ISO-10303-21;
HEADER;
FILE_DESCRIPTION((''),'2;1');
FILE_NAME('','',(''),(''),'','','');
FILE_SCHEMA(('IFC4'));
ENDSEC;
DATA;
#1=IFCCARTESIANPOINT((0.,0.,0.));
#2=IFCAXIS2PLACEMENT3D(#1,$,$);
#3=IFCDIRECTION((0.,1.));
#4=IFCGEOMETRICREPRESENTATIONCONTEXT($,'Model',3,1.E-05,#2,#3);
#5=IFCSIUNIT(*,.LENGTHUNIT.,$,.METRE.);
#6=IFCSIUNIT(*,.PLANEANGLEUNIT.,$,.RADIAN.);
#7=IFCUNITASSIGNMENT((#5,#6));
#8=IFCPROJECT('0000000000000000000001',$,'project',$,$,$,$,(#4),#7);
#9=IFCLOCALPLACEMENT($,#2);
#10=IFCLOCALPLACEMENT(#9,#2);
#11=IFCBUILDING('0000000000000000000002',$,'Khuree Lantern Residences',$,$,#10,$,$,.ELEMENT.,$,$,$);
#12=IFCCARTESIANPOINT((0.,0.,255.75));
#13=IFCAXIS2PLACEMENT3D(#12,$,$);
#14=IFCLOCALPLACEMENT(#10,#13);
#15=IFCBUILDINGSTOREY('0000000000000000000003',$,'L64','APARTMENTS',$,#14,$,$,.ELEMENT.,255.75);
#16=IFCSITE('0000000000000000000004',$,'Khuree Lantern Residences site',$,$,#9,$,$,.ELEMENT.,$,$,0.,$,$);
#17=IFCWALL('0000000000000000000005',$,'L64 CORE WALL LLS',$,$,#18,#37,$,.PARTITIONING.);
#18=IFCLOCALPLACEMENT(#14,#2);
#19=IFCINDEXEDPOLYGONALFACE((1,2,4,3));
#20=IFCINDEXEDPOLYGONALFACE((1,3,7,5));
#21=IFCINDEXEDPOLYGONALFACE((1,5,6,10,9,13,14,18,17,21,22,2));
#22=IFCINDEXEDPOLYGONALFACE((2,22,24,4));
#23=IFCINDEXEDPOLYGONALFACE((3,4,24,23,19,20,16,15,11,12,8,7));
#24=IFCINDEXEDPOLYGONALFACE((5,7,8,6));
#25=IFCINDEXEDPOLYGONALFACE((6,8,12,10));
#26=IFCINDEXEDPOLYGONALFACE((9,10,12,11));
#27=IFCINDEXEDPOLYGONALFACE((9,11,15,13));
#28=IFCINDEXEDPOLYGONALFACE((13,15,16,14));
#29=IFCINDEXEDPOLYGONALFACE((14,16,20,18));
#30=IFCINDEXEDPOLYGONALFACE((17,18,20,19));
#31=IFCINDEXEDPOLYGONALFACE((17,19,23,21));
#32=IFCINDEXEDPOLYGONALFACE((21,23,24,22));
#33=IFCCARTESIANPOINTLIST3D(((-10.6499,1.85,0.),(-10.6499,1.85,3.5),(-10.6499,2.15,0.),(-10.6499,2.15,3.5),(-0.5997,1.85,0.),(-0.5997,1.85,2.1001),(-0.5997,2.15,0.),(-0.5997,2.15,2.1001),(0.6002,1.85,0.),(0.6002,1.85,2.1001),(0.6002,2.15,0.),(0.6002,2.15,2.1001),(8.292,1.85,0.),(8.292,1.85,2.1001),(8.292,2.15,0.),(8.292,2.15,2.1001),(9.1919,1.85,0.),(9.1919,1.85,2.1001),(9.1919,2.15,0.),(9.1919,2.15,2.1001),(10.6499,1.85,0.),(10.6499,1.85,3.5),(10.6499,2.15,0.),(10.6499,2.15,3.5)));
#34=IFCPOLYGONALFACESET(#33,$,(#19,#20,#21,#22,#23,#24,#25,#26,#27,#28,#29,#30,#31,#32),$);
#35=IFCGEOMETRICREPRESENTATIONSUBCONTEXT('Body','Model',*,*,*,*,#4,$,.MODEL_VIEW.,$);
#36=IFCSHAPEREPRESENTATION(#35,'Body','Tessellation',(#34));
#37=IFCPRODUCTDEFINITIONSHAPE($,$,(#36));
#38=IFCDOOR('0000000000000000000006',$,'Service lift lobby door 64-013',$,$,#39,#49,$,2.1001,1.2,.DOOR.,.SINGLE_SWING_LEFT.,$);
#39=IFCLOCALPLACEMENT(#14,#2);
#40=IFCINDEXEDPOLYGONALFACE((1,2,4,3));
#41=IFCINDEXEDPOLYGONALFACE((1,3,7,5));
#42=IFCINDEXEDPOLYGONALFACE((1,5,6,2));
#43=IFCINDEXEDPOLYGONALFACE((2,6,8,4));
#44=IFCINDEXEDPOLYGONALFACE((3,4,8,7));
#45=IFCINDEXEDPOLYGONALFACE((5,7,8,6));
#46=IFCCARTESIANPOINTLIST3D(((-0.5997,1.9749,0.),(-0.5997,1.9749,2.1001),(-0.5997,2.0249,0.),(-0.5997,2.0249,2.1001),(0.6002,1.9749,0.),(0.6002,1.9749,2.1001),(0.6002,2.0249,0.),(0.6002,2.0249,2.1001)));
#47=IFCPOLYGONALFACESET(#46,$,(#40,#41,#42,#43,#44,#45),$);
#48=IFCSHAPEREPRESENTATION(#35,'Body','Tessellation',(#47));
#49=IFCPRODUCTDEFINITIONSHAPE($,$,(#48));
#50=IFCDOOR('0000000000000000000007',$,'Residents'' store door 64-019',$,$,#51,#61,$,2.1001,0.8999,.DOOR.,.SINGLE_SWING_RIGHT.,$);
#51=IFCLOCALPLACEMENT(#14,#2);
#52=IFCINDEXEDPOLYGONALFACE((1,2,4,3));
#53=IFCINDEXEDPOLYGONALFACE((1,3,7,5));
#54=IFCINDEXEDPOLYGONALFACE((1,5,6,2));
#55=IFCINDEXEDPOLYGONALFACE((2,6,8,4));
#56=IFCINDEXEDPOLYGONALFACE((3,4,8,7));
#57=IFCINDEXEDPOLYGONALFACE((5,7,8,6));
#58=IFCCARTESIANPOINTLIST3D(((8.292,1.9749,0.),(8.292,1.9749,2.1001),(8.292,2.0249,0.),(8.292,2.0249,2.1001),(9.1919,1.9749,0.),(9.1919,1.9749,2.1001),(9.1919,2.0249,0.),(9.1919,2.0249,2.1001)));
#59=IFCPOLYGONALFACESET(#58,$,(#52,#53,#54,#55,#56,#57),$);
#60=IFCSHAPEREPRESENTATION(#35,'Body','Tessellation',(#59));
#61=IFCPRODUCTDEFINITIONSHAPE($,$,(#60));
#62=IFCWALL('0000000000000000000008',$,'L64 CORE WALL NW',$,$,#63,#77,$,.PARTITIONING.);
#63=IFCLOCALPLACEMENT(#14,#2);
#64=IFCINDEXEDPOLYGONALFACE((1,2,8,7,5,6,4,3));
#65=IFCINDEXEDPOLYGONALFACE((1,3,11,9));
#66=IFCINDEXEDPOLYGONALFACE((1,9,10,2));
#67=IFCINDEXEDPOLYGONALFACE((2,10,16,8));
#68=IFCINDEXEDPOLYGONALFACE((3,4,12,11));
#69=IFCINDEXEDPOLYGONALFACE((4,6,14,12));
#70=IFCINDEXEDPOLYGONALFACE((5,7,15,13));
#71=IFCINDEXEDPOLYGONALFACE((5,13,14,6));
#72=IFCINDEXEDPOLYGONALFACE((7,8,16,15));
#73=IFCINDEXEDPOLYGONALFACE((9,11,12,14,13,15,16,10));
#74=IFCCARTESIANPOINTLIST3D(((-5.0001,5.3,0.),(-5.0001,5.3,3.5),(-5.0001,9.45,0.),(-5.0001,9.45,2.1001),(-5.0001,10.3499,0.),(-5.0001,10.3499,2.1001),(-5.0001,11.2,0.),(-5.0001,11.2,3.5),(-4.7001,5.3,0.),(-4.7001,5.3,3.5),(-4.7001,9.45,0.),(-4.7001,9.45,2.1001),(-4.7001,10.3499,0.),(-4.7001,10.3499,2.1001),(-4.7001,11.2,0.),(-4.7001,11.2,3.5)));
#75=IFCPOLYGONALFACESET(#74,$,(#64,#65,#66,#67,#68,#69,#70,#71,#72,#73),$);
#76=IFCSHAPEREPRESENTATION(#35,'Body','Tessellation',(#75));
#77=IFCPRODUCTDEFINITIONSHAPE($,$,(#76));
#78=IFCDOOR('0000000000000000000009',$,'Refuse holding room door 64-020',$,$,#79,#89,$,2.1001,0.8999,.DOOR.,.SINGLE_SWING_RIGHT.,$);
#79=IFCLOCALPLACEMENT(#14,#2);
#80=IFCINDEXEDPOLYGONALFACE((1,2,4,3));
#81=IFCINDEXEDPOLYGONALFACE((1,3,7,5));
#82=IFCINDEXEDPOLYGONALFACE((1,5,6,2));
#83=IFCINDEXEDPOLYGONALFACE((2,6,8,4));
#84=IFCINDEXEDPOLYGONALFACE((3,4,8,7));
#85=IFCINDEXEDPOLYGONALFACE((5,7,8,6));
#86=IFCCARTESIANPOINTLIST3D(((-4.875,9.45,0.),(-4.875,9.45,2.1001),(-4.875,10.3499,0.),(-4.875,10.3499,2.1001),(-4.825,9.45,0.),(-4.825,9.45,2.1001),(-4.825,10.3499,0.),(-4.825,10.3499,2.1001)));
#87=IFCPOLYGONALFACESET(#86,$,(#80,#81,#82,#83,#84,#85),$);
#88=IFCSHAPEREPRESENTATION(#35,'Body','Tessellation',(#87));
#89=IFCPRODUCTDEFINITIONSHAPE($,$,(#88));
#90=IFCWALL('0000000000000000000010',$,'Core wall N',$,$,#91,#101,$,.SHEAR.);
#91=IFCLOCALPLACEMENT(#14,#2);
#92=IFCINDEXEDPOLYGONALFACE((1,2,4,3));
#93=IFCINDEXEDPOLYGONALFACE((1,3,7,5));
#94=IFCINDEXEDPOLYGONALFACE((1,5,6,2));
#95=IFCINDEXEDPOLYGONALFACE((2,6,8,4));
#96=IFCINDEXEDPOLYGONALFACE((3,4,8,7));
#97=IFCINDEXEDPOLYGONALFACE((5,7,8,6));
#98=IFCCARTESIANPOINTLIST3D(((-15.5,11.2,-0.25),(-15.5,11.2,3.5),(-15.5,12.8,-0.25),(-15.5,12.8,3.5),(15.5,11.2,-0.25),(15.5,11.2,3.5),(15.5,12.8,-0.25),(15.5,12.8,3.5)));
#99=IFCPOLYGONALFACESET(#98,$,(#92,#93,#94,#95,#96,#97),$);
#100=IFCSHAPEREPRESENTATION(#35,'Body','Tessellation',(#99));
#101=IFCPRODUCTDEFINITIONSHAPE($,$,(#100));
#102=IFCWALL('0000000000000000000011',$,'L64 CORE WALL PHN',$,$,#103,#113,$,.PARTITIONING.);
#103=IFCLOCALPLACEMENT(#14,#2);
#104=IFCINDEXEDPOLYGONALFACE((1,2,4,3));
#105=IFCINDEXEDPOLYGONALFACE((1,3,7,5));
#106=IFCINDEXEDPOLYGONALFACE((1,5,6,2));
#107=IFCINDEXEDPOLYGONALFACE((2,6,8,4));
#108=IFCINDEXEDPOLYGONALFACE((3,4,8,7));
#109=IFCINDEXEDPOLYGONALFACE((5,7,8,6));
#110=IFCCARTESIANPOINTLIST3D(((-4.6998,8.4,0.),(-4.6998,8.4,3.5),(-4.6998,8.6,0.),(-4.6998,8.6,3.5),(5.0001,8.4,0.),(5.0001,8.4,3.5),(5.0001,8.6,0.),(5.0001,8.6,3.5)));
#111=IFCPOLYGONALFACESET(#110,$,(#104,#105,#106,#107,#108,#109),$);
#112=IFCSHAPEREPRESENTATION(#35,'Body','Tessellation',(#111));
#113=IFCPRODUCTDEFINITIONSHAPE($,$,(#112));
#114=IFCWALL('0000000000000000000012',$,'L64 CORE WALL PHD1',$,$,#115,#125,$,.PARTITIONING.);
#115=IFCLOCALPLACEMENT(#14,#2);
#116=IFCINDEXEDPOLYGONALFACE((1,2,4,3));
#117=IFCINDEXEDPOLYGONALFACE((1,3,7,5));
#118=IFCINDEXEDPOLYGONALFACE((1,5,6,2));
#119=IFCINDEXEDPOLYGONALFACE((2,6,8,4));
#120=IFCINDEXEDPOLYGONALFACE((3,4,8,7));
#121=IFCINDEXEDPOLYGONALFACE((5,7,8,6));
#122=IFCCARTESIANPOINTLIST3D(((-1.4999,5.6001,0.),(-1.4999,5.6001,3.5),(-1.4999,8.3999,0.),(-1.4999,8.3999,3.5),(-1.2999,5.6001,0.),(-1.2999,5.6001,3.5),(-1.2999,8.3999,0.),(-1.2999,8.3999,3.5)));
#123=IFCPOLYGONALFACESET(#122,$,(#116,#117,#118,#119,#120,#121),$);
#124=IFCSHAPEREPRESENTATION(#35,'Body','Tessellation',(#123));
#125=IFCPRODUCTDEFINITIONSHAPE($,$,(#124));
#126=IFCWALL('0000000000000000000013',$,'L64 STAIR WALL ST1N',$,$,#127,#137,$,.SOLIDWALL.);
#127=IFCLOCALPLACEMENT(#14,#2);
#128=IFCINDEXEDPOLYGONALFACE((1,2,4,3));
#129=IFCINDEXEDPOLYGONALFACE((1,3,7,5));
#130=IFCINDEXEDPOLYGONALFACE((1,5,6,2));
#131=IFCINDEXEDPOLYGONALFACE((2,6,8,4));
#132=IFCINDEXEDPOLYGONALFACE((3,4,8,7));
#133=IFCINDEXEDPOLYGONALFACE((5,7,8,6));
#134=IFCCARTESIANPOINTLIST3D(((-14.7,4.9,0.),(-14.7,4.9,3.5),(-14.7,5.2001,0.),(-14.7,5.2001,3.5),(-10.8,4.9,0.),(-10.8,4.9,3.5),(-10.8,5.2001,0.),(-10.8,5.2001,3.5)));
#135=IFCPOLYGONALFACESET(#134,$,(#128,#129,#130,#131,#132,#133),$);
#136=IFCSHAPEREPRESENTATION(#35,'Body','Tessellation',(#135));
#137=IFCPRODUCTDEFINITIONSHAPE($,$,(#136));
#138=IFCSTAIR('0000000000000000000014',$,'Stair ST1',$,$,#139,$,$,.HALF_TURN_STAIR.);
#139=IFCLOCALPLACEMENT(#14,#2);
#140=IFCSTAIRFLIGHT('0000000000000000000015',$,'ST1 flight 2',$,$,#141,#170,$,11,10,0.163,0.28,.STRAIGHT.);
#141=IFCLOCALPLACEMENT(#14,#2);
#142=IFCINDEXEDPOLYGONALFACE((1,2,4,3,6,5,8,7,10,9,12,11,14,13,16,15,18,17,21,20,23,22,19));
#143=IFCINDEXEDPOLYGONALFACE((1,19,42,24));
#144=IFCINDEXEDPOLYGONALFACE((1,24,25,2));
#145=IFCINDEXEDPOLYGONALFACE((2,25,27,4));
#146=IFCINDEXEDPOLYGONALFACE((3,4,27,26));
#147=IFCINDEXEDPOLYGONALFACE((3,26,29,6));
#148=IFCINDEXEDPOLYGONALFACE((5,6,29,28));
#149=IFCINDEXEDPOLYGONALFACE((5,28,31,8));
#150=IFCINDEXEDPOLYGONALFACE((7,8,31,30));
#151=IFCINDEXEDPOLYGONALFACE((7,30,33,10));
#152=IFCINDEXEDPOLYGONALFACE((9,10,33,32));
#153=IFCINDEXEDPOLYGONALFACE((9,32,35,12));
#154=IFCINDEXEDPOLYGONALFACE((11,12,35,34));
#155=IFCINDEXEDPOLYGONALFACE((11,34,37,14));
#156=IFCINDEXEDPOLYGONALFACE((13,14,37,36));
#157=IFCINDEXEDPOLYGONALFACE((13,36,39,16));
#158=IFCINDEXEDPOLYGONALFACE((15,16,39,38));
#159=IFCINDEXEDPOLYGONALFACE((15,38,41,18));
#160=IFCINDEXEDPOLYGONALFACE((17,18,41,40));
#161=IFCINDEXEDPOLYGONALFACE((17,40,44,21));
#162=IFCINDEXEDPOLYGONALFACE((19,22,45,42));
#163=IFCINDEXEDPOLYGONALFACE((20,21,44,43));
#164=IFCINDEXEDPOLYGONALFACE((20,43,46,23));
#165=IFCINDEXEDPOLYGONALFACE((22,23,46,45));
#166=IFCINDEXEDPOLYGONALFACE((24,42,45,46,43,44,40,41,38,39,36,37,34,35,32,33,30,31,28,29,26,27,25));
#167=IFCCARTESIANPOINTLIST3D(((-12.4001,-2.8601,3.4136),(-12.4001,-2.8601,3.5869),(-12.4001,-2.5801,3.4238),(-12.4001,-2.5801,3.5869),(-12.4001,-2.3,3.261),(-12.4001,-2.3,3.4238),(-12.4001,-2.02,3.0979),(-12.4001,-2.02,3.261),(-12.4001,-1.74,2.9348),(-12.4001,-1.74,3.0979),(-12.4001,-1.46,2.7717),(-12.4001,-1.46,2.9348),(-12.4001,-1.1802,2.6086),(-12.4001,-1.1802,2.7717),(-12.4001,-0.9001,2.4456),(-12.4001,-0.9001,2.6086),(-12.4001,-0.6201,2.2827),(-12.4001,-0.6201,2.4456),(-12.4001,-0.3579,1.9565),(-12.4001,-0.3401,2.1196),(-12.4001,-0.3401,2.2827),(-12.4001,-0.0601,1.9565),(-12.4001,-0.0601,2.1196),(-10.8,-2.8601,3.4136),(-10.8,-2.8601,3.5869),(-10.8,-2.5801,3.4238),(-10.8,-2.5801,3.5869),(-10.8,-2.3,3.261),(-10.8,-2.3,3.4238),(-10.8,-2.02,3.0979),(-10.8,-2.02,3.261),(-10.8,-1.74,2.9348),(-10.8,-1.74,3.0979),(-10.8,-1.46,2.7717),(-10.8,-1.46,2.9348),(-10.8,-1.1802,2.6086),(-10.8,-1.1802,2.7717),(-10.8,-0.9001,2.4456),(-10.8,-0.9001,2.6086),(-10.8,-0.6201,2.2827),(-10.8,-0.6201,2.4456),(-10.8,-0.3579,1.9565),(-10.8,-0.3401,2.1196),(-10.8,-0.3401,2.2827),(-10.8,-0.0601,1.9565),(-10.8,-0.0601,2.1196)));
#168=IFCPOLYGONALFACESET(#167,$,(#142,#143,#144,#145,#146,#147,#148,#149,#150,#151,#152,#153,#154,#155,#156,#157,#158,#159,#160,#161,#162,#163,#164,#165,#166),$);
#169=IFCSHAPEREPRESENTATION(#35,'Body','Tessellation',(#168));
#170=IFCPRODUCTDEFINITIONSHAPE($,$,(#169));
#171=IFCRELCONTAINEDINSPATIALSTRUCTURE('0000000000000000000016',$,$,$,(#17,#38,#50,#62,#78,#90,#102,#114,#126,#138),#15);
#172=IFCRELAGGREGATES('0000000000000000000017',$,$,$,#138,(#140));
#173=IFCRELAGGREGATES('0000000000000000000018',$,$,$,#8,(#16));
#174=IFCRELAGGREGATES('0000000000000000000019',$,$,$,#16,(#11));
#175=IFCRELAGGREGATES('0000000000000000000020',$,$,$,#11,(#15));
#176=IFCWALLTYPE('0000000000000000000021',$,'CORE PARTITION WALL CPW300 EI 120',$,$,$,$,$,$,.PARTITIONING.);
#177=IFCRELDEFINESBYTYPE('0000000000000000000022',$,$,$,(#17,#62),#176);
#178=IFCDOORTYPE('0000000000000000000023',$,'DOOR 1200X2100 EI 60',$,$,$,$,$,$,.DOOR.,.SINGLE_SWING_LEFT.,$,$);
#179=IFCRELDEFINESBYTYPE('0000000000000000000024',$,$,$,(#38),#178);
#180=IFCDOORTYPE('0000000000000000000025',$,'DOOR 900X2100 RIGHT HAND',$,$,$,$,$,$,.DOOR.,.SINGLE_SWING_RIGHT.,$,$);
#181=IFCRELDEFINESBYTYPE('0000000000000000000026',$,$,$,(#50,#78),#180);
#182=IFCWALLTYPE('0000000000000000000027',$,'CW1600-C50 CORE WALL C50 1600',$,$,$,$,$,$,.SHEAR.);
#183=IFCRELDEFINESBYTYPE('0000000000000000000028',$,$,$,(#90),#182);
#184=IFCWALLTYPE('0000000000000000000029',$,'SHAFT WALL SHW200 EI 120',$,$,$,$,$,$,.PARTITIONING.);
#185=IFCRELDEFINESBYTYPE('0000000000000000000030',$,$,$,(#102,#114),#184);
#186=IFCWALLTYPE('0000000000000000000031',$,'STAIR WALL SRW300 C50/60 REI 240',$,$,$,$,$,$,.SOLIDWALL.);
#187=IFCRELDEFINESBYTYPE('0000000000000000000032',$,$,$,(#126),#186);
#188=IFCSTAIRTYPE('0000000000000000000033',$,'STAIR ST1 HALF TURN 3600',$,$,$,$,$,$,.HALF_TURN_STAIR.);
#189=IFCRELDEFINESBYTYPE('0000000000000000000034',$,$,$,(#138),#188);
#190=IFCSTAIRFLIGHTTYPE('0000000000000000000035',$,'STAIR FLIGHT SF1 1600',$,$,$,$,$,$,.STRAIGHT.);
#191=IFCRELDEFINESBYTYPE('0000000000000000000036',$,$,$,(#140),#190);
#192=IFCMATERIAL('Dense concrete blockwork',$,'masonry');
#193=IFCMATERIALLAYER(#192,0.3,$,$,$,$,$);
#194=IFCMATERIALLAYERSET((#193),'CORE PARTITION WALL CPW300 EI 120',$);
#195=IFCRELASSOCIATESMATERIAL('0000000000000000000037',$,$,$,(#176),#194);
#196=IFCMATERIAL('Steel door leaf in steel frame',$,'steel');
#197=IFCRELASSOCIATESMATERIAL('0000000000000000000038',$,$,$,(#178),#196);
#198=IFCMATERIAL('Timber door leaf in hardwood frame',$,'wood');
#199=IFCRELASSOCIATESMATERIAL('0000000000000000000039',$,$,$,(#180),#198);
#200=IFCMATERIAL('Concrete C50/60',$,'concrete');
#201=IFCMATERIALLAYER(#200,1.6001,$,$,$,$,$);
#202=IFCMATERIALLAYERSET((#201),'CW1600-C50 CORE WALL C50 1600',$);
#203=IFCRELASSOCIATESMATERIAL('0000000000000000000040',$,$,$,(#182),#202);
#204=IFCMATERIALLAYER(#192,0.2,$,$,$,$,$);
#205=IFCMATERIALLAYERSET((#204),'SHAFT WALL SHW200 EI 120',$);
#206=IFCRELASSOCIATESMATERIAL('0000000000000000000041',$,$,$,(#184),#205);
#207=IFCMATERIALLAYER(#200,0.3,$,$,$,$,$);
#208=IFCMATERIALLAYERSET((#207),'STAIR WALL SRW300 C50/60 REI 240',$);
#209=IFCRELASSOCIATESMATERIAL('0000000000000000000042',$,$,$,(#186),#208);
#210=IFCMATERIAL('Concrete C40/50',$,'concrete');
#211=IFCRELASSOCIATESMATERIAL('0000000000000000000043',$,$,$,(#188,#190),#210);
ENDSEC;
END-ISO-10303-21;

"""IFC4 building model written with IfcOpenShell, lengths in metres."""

from ifc_helpers import new_model, si_unit, direction, frame, frame_2d, origin, place, context, subcontext, project, spatial, polyline, rectangle, outline, extrude, material, layer, layer_set, type_object, element, fill, aggregate, save


model = new_model("IFC4")

# Units and contexts
model_context = context("Model", 3, precision=1e-05, world=origin(), true_north=direction((0.0, 1.0)))
body_context = subcontext(model_context, "Body", "Model", "MODEL_VIEW")
ifc_project = project(units=[si_unit("LENGTHUNIT", "METRE"), si_unit("PLANEANGLEUNIT", "RADIAN")], contexts=[model_context])

# Site, building, storey
site_placement = place(None, origin())
site = spatial("IfcSite", under=ifc_project, at=site_placement, Name="Khuree Lantern Residences site", CompositionType="ELEMENT", RefElevation=0.0)
building_placement = place(site_placement, origin())
building = spatial("IfcBuilding", under=site, at=building_placement, Name="Khuree Lantern Residences", CompositionType="ELEMENT")
storey_placement = place(building_placement, frame((0.0, 0.0, 255.75)))
storey = spatial("IfcBuildingStorey", under=building, at=storey_placement, Name="L64", Description="APARTMENTS", CompositionType="ELEMENT", Elevation=255.75)

# Shared definitions
ifc_material_1 = material(Name="Dense concrete blockwork", Category="masonry")
ifc_layer_1 = layer(ifc_material_1, 0.3)
ifc_layer_set_1 = layer_set([ifc_layer_1], Name="CORE PARTITION WALL CPW300 EI 120")
wall_type_1 = type_object("IfcWallType", Name="CORE PARTITION WALL CPW300 EI 120", PredefinedType="PARTITIONING", material=ifc_layer_set_1)

# Wall, openings, doors
wall_1_placement = place(storey_placement, frame((-10.6499, 2.0, 0.0), z_axis=(0.0, 0.0, 1.0), x_axis=(1.0, 0.0, 0.0)))
wall_1 = element("IfcWall", 1, at=wall_1_placement, inside=storey, type_object=wall_type_1, Name="L64 CORE WALL LLS", PredefinedType="PARTITIONING", context=body_context, shape_type="SweptSolid", body=[
    extrude(rectangle(XDim=21.2998, YDim=0.3, at=frame_2d((10.6499, 0.0))), origin(), (0.0, 0.0, 1.0), 3.5),
])
opening_1_placement = place(wall_1_placement, frame((10.05, 0.0, 0.0)))
opening_1 = element("IfcOpeningElement", 2, at=opening_1_placement, cuts=wall_1, PredefinedType="OPENING", context=body_context, shape_type="SweptSolid", body=[
    extrude(rectangle(XDim=1.2, YDim=2.1001, at=frame_2d((0.6001, 1.05))), frame((0.0, 0.1602, 0.0), z_axis=(0.0, -1.0, 0.0), x_axis=(1.0, 0.0, 0.0)), (0.0, 0.0, 1.0), 0.3201),
])
opening_2_placement = place(wall_1_placement, frame((18.9419, 0.0, 0.0)))
opening_2 = element("IfcOpeningElement", 3, at=opening_2_placement, cuts=wall_1, PredefinedType="OPENING", context=body_context, shape_type="SweptSolid", body=[
    extrude(rectangle(XDim=0.8999, YDim=2.1001, at=frame_2d((0.45, 1.05))), frame((0.0, 0.1602, 0.0), z_axis=(0.0, -1.0, 0.0), x_axis=(1.0, 0.0, 0.0)), (0.0, 0.0, 1.0), 0.3201),
])
ifc_material_2 = material(Name="Steel door leaf in steel frame", Category="steel")
door_type_1 = type_object("IfcDoorType", Name="DOOR 1200X2100 EI 60", OperationType="SINGLE_SWING_LEFT", PredefinedType="DOOR", material=ifc_material_2)
door_1_placement = place(opening_1_placement, origin())
door_1 = element("IfcDoor", 4, at=door_1_placement, inside=storey, type_object=door_type_1, Name="Service lift lobby door 64-013", OperationType="SINGLE_SWING_LEFT", OverallHeight=2.1001, OverallWidth=1.2, PredefinedType="DOOR", context=body_context, shape_type="SweptSolid", body=[
    extrude(rectangle(XDim=1.2, YDim=2.1001, at=frame_2d((0.6001, 1.05))), frame((0.0, 0.0249, 0.0), z_axis=(0.0, -1.0, 0.0), x_axis=(1.0, 0.0, 0.0)), (0.0, 0.0, 1.0), 0.05),
])
fill(opening_1, door_1)
ifc_material_3 = material(Name="Timber door leaf in hardwood frame", Category="wood")
door_type_2 = type_object("IfcDoorType", Name="DOOR 900X2100 RIGHT HAND", OperationType="SINGLE_SWING_RIGHT", PredefinedType="DOOR", material=ifc_material_3)
door_2_placement = place(opening_2_placement, origin())
door_2 = element("IfcDoor", 5, at=door_2_placement, inside=storey, type_object=door_type_2, Name="Residents' store door 64-019", OperationType="SINGLE_SWING_RIGHT", OverallHeight=2.1001, OverallWidth=0.8999, PredefinedType="DOOR", context=body_context, shape_type="SweptSolid", body=[
    extrude(rectangle(XDim=0.8999, YDim=2.1001, at=frame_2d((0.45, 1.05))), frame((0.0, 0.0249, 0.0), z_axis=(0.0, -1.0, 0.0), x_axis=(1.0, 0.0, 0.0)), (0.0, 0.0, 1.0), 0.05),
])
fill(opening_2, door_2)

# Wall, opening, door
wall_2_placement = place(storey_placement, frame((-4.8501, 5.3, 0.0), z_axis=(0.0, 0.0, 1.0), x_axis=(0.0, 1.0, 0.0)))
wall_2 = element("IfcWall", 6, at=wall_2_placement, inside=storey, type_object=wall_type_1, Name="L64 CORE WALL NW", PredefinedType="PARTITIONING", context=body_context, shape_type="SweptSolid", body=[
    extrude(rectangle(XDim=5.8999, YDim=0.3, at=frame_2d((2.95, 0.0))), origin(), (0.0, 0.0, 1.0), 3.5),
])
opening_3_placement = place(wall_2_placement, frame((4.1499, 0.0, 0.0)))
opening_3 = element("IfcOpeningElement", 7, at=opening_3_placement, cuts=wall_2, PredefinedType="OPENING", context=body_context, shape_type="SweptSolid", body=[
    extrude(rectangle(XDim=0.8999, YDim=2.1001, at=frame_2d((0.45, 1.05))), frame((0.0, 0.1602, 0.0), z_axis=(0.0, -1.0, 0.0), x_axis=(1.0, 0.0, 0.0)), (0.0, 0.0, 1.0), 0.3201),
])
door_3_placement = place(opening_3_placement, origin())
door_3 = element("IfcDoor", 8, at=door_3_placement, inside=storey, type_object=door_type_2, Name="Refuse holding room door 64-020", OperationType="SINGLE_SWING_RIGHT", OverallHeight=2.1001, OverallWidth=0.8999, PredefinedType="DOOR", context=body_context, shape_type="SweptSolid", body=[
    extrude(rectangle(XDim=0.8999, YDim=2.1001, at=frame_2d((0.45, 1.05))), frame((0.0, 0.0249, 0.0), z_axis=(0.0, -1.0, 0.0), x_axis=(1.0, 0.0, 0.0)), (0.0, 0.0, 1.0), 0.05),
])
fill(opening_3, door_3)

# Walls
ifc_material_4 = material(Name="Concrete C50/60", Category="concrete")
ifc_layer_2 = layer(ifc_material_4, 1.6001)
ifc_layer_set_2 = layer_set([ifc_layer_2], Name="CW1600-C50 CORE WALL C50 1600")
wall_type_2 = type_object("IfcWallType", Name="CW1600-C50 CORE WALL C50 1600", PredefinedType="SHEAR", material=ifc_layer_set_2)
wall_3_placement = place(storey_placement, frame((-15.5, 12.0, -0.25), z_axis=(0.0, 0.0, 1.0), x_axis=(1.0, 0.0, 0.0)))
element("IfcWall", 9, at=wall_3_placement, inside=storey, type_object=wall_type_2, Name="Core wall N", PredefinedType="SHEAR", context=body_context, shape_type="SweptSolid", body=[
    extrude(rectangle(XDim=31.0, YDim=1.6001, at=frame_2d((15.5, 0.0))), origin(), (0.0, 0.0, 1.0), 3.75),
])
ifc_layer_3 = layer(ifc_material_1, 0.2)
ifc_layer_set_3 = layer_set([ifc_layer_3], Name="SHAFT WALL SHW200 EI 120")
wall_type_3 = type_object("IfcWallType", Name="SHAFT WALL SHW200 EI 120", PredefinedType="PARTITIONING", material=ifc_layer_set_3)
wall_4_placement = place(storey_placement, frame((-4.7, 8.5, 0.0), z_axis=(0.0, 0.0, 1.0), x_axis=(1.0, 0.0, 0.0)))
element("IfcWall", 10, at=wall_4_placement, inside=storey, type_object=wall_type_3, Name="L64 CORE WALL PHN", PredefinedType="PARTITIONING", context=body_context, shape_type="SweptSolid", body=[
    extrude(rectangle(XDim=9.7, YDim=0.2, at=frame_2d((4.8501, 0.0))), origin(), (0.0, 0.0, 1.0), 3.5),
])
wall_5_placement = place(storey_placement, frame((-1.3999, 5.6001, 0.0), z_axis=(0.0, 0.0, 1.0), x_axis=(0.0, 1.0, 0.0)))
element("IfcWall", 11, at=wall_5_placement, inside=storey, type_object=wall_type_3, Name="L64 CORE WALL PHD1", PredefinedType="PARTITIONING", context=body_context, shape_type="SweptSolid", body=[
    extrude(rectangle(XDim=2.7998, YDim=0.2, at=frame_2d((1.3999, 0.0))), origin(), (0.0, 0.0, 1.0), 3.5),
])
ifc_layer_4 = layer(ifc_material_4, 0.3)
ifc_layer_set_4 = layer_set([ifc_layer_4], Name="STAIR WALL SRW300 C50/60 REI 240")
wall_type_4 = type_object("IfcWallType", Name="STAIR WALL SRW300 C50/60 REI 240", PredefinedType="SOLIDWALL", material=ifc_layer_set_4)
wall_6_placement = place(storey_placement, frame((-14.7, 5.05, 0.0), z_axis=(0.0, 0.0, 1.0), x_axis=(1.0, 0.0, 0.0)))
element("IfcWall", 12, at=wall_6_placement, inside=storey, type_object=wall_type_4, Name="L64 STAIR WALL ST1N", PredefinedType="SOLIDWALL", context=body_context, shape_type="SweptSolid", body=[
    extrude(rectangle(XDim=3.8999, YDim=0.3, at=frame_2d((1.95, 0.0))), origin(), (0.0, 0.0, 1.0), 3.5),
])

# Stair, stair flight
ifc_material_5 = material(Name="Concrete C40/50", Category="concrete")
stair_type = type_object("IfcStairType", Name="STAIR ST1 HALF TURN 3600", PredefinedType="HALF_TURN_STAIR", material=ifc_material_5)
stair_placement = place(storey_placement, origin())
stair = element("IfcStair", 13, at=stair_placement, inside=storey, type_object=stair_type, Name="Stair ST1", PredefinedType="HALF_TURN_STAIR")
stair_flight_type = type_object("IfcStairFlightType", Name="STAIR FLIGHT SF1 1600", PredefinedType="STRAIGHT", material=ifc_material_5)
stair_flight_placement = place(storey_placement, frame((-11.6001, -0.0601, 1.9565), z_axis=(0.0, 0.0, 1.0), x_axis=(0.0, -1.0, 0.0)))
stair_flight = element("IfcStairFlight", 14, at=stair_flight_placement, type_object=stair_flight_type, Name="ST1 flight 2", NumberOfRisers=11, NumberOfTreads=10, PredefinedType="STRAIGHT", RiserHeight=0.163, TreadLength=0.28, context=body_context, shape_type="SweptSolid", body=[
    extrude(outline(polyline([(0.0, 0.0), (0.0, 0.1631), (0.28, 0.1631), (0.28, 0.3262), (0.5601, 0.3262), (0.5601, 0.489), (0.8401, 0.489), (0.8401, 0.6521), (1.1201, 0.6521), (1.1201, 0.8152), (1.3999, 0.8152), (1.3999, 0.9783), (1.6799, 0.9783), (1.6799, 1.1414), (1.96, 1.1414), (1.96, 1.3044), (2.24, 1.3044), (2.24, 1.4673), (2.52, 1.4673), (2.52, 1.6304), (2.8, 1.6304), (2.8, 1.7935), (2.8, 1.457), (0.2979, 0.0), (0.0, 0.0)])), frame((0.0, 0.8, 0.0), z_axis=(0.0, -1.0, 0.0), x_axis=(1.0, 0.0, 0.0)), (0.0, 0.0, 1.0), 1.6001),
])
aggregate(stair, [stair_flight])

save(model, "model.ifc")
